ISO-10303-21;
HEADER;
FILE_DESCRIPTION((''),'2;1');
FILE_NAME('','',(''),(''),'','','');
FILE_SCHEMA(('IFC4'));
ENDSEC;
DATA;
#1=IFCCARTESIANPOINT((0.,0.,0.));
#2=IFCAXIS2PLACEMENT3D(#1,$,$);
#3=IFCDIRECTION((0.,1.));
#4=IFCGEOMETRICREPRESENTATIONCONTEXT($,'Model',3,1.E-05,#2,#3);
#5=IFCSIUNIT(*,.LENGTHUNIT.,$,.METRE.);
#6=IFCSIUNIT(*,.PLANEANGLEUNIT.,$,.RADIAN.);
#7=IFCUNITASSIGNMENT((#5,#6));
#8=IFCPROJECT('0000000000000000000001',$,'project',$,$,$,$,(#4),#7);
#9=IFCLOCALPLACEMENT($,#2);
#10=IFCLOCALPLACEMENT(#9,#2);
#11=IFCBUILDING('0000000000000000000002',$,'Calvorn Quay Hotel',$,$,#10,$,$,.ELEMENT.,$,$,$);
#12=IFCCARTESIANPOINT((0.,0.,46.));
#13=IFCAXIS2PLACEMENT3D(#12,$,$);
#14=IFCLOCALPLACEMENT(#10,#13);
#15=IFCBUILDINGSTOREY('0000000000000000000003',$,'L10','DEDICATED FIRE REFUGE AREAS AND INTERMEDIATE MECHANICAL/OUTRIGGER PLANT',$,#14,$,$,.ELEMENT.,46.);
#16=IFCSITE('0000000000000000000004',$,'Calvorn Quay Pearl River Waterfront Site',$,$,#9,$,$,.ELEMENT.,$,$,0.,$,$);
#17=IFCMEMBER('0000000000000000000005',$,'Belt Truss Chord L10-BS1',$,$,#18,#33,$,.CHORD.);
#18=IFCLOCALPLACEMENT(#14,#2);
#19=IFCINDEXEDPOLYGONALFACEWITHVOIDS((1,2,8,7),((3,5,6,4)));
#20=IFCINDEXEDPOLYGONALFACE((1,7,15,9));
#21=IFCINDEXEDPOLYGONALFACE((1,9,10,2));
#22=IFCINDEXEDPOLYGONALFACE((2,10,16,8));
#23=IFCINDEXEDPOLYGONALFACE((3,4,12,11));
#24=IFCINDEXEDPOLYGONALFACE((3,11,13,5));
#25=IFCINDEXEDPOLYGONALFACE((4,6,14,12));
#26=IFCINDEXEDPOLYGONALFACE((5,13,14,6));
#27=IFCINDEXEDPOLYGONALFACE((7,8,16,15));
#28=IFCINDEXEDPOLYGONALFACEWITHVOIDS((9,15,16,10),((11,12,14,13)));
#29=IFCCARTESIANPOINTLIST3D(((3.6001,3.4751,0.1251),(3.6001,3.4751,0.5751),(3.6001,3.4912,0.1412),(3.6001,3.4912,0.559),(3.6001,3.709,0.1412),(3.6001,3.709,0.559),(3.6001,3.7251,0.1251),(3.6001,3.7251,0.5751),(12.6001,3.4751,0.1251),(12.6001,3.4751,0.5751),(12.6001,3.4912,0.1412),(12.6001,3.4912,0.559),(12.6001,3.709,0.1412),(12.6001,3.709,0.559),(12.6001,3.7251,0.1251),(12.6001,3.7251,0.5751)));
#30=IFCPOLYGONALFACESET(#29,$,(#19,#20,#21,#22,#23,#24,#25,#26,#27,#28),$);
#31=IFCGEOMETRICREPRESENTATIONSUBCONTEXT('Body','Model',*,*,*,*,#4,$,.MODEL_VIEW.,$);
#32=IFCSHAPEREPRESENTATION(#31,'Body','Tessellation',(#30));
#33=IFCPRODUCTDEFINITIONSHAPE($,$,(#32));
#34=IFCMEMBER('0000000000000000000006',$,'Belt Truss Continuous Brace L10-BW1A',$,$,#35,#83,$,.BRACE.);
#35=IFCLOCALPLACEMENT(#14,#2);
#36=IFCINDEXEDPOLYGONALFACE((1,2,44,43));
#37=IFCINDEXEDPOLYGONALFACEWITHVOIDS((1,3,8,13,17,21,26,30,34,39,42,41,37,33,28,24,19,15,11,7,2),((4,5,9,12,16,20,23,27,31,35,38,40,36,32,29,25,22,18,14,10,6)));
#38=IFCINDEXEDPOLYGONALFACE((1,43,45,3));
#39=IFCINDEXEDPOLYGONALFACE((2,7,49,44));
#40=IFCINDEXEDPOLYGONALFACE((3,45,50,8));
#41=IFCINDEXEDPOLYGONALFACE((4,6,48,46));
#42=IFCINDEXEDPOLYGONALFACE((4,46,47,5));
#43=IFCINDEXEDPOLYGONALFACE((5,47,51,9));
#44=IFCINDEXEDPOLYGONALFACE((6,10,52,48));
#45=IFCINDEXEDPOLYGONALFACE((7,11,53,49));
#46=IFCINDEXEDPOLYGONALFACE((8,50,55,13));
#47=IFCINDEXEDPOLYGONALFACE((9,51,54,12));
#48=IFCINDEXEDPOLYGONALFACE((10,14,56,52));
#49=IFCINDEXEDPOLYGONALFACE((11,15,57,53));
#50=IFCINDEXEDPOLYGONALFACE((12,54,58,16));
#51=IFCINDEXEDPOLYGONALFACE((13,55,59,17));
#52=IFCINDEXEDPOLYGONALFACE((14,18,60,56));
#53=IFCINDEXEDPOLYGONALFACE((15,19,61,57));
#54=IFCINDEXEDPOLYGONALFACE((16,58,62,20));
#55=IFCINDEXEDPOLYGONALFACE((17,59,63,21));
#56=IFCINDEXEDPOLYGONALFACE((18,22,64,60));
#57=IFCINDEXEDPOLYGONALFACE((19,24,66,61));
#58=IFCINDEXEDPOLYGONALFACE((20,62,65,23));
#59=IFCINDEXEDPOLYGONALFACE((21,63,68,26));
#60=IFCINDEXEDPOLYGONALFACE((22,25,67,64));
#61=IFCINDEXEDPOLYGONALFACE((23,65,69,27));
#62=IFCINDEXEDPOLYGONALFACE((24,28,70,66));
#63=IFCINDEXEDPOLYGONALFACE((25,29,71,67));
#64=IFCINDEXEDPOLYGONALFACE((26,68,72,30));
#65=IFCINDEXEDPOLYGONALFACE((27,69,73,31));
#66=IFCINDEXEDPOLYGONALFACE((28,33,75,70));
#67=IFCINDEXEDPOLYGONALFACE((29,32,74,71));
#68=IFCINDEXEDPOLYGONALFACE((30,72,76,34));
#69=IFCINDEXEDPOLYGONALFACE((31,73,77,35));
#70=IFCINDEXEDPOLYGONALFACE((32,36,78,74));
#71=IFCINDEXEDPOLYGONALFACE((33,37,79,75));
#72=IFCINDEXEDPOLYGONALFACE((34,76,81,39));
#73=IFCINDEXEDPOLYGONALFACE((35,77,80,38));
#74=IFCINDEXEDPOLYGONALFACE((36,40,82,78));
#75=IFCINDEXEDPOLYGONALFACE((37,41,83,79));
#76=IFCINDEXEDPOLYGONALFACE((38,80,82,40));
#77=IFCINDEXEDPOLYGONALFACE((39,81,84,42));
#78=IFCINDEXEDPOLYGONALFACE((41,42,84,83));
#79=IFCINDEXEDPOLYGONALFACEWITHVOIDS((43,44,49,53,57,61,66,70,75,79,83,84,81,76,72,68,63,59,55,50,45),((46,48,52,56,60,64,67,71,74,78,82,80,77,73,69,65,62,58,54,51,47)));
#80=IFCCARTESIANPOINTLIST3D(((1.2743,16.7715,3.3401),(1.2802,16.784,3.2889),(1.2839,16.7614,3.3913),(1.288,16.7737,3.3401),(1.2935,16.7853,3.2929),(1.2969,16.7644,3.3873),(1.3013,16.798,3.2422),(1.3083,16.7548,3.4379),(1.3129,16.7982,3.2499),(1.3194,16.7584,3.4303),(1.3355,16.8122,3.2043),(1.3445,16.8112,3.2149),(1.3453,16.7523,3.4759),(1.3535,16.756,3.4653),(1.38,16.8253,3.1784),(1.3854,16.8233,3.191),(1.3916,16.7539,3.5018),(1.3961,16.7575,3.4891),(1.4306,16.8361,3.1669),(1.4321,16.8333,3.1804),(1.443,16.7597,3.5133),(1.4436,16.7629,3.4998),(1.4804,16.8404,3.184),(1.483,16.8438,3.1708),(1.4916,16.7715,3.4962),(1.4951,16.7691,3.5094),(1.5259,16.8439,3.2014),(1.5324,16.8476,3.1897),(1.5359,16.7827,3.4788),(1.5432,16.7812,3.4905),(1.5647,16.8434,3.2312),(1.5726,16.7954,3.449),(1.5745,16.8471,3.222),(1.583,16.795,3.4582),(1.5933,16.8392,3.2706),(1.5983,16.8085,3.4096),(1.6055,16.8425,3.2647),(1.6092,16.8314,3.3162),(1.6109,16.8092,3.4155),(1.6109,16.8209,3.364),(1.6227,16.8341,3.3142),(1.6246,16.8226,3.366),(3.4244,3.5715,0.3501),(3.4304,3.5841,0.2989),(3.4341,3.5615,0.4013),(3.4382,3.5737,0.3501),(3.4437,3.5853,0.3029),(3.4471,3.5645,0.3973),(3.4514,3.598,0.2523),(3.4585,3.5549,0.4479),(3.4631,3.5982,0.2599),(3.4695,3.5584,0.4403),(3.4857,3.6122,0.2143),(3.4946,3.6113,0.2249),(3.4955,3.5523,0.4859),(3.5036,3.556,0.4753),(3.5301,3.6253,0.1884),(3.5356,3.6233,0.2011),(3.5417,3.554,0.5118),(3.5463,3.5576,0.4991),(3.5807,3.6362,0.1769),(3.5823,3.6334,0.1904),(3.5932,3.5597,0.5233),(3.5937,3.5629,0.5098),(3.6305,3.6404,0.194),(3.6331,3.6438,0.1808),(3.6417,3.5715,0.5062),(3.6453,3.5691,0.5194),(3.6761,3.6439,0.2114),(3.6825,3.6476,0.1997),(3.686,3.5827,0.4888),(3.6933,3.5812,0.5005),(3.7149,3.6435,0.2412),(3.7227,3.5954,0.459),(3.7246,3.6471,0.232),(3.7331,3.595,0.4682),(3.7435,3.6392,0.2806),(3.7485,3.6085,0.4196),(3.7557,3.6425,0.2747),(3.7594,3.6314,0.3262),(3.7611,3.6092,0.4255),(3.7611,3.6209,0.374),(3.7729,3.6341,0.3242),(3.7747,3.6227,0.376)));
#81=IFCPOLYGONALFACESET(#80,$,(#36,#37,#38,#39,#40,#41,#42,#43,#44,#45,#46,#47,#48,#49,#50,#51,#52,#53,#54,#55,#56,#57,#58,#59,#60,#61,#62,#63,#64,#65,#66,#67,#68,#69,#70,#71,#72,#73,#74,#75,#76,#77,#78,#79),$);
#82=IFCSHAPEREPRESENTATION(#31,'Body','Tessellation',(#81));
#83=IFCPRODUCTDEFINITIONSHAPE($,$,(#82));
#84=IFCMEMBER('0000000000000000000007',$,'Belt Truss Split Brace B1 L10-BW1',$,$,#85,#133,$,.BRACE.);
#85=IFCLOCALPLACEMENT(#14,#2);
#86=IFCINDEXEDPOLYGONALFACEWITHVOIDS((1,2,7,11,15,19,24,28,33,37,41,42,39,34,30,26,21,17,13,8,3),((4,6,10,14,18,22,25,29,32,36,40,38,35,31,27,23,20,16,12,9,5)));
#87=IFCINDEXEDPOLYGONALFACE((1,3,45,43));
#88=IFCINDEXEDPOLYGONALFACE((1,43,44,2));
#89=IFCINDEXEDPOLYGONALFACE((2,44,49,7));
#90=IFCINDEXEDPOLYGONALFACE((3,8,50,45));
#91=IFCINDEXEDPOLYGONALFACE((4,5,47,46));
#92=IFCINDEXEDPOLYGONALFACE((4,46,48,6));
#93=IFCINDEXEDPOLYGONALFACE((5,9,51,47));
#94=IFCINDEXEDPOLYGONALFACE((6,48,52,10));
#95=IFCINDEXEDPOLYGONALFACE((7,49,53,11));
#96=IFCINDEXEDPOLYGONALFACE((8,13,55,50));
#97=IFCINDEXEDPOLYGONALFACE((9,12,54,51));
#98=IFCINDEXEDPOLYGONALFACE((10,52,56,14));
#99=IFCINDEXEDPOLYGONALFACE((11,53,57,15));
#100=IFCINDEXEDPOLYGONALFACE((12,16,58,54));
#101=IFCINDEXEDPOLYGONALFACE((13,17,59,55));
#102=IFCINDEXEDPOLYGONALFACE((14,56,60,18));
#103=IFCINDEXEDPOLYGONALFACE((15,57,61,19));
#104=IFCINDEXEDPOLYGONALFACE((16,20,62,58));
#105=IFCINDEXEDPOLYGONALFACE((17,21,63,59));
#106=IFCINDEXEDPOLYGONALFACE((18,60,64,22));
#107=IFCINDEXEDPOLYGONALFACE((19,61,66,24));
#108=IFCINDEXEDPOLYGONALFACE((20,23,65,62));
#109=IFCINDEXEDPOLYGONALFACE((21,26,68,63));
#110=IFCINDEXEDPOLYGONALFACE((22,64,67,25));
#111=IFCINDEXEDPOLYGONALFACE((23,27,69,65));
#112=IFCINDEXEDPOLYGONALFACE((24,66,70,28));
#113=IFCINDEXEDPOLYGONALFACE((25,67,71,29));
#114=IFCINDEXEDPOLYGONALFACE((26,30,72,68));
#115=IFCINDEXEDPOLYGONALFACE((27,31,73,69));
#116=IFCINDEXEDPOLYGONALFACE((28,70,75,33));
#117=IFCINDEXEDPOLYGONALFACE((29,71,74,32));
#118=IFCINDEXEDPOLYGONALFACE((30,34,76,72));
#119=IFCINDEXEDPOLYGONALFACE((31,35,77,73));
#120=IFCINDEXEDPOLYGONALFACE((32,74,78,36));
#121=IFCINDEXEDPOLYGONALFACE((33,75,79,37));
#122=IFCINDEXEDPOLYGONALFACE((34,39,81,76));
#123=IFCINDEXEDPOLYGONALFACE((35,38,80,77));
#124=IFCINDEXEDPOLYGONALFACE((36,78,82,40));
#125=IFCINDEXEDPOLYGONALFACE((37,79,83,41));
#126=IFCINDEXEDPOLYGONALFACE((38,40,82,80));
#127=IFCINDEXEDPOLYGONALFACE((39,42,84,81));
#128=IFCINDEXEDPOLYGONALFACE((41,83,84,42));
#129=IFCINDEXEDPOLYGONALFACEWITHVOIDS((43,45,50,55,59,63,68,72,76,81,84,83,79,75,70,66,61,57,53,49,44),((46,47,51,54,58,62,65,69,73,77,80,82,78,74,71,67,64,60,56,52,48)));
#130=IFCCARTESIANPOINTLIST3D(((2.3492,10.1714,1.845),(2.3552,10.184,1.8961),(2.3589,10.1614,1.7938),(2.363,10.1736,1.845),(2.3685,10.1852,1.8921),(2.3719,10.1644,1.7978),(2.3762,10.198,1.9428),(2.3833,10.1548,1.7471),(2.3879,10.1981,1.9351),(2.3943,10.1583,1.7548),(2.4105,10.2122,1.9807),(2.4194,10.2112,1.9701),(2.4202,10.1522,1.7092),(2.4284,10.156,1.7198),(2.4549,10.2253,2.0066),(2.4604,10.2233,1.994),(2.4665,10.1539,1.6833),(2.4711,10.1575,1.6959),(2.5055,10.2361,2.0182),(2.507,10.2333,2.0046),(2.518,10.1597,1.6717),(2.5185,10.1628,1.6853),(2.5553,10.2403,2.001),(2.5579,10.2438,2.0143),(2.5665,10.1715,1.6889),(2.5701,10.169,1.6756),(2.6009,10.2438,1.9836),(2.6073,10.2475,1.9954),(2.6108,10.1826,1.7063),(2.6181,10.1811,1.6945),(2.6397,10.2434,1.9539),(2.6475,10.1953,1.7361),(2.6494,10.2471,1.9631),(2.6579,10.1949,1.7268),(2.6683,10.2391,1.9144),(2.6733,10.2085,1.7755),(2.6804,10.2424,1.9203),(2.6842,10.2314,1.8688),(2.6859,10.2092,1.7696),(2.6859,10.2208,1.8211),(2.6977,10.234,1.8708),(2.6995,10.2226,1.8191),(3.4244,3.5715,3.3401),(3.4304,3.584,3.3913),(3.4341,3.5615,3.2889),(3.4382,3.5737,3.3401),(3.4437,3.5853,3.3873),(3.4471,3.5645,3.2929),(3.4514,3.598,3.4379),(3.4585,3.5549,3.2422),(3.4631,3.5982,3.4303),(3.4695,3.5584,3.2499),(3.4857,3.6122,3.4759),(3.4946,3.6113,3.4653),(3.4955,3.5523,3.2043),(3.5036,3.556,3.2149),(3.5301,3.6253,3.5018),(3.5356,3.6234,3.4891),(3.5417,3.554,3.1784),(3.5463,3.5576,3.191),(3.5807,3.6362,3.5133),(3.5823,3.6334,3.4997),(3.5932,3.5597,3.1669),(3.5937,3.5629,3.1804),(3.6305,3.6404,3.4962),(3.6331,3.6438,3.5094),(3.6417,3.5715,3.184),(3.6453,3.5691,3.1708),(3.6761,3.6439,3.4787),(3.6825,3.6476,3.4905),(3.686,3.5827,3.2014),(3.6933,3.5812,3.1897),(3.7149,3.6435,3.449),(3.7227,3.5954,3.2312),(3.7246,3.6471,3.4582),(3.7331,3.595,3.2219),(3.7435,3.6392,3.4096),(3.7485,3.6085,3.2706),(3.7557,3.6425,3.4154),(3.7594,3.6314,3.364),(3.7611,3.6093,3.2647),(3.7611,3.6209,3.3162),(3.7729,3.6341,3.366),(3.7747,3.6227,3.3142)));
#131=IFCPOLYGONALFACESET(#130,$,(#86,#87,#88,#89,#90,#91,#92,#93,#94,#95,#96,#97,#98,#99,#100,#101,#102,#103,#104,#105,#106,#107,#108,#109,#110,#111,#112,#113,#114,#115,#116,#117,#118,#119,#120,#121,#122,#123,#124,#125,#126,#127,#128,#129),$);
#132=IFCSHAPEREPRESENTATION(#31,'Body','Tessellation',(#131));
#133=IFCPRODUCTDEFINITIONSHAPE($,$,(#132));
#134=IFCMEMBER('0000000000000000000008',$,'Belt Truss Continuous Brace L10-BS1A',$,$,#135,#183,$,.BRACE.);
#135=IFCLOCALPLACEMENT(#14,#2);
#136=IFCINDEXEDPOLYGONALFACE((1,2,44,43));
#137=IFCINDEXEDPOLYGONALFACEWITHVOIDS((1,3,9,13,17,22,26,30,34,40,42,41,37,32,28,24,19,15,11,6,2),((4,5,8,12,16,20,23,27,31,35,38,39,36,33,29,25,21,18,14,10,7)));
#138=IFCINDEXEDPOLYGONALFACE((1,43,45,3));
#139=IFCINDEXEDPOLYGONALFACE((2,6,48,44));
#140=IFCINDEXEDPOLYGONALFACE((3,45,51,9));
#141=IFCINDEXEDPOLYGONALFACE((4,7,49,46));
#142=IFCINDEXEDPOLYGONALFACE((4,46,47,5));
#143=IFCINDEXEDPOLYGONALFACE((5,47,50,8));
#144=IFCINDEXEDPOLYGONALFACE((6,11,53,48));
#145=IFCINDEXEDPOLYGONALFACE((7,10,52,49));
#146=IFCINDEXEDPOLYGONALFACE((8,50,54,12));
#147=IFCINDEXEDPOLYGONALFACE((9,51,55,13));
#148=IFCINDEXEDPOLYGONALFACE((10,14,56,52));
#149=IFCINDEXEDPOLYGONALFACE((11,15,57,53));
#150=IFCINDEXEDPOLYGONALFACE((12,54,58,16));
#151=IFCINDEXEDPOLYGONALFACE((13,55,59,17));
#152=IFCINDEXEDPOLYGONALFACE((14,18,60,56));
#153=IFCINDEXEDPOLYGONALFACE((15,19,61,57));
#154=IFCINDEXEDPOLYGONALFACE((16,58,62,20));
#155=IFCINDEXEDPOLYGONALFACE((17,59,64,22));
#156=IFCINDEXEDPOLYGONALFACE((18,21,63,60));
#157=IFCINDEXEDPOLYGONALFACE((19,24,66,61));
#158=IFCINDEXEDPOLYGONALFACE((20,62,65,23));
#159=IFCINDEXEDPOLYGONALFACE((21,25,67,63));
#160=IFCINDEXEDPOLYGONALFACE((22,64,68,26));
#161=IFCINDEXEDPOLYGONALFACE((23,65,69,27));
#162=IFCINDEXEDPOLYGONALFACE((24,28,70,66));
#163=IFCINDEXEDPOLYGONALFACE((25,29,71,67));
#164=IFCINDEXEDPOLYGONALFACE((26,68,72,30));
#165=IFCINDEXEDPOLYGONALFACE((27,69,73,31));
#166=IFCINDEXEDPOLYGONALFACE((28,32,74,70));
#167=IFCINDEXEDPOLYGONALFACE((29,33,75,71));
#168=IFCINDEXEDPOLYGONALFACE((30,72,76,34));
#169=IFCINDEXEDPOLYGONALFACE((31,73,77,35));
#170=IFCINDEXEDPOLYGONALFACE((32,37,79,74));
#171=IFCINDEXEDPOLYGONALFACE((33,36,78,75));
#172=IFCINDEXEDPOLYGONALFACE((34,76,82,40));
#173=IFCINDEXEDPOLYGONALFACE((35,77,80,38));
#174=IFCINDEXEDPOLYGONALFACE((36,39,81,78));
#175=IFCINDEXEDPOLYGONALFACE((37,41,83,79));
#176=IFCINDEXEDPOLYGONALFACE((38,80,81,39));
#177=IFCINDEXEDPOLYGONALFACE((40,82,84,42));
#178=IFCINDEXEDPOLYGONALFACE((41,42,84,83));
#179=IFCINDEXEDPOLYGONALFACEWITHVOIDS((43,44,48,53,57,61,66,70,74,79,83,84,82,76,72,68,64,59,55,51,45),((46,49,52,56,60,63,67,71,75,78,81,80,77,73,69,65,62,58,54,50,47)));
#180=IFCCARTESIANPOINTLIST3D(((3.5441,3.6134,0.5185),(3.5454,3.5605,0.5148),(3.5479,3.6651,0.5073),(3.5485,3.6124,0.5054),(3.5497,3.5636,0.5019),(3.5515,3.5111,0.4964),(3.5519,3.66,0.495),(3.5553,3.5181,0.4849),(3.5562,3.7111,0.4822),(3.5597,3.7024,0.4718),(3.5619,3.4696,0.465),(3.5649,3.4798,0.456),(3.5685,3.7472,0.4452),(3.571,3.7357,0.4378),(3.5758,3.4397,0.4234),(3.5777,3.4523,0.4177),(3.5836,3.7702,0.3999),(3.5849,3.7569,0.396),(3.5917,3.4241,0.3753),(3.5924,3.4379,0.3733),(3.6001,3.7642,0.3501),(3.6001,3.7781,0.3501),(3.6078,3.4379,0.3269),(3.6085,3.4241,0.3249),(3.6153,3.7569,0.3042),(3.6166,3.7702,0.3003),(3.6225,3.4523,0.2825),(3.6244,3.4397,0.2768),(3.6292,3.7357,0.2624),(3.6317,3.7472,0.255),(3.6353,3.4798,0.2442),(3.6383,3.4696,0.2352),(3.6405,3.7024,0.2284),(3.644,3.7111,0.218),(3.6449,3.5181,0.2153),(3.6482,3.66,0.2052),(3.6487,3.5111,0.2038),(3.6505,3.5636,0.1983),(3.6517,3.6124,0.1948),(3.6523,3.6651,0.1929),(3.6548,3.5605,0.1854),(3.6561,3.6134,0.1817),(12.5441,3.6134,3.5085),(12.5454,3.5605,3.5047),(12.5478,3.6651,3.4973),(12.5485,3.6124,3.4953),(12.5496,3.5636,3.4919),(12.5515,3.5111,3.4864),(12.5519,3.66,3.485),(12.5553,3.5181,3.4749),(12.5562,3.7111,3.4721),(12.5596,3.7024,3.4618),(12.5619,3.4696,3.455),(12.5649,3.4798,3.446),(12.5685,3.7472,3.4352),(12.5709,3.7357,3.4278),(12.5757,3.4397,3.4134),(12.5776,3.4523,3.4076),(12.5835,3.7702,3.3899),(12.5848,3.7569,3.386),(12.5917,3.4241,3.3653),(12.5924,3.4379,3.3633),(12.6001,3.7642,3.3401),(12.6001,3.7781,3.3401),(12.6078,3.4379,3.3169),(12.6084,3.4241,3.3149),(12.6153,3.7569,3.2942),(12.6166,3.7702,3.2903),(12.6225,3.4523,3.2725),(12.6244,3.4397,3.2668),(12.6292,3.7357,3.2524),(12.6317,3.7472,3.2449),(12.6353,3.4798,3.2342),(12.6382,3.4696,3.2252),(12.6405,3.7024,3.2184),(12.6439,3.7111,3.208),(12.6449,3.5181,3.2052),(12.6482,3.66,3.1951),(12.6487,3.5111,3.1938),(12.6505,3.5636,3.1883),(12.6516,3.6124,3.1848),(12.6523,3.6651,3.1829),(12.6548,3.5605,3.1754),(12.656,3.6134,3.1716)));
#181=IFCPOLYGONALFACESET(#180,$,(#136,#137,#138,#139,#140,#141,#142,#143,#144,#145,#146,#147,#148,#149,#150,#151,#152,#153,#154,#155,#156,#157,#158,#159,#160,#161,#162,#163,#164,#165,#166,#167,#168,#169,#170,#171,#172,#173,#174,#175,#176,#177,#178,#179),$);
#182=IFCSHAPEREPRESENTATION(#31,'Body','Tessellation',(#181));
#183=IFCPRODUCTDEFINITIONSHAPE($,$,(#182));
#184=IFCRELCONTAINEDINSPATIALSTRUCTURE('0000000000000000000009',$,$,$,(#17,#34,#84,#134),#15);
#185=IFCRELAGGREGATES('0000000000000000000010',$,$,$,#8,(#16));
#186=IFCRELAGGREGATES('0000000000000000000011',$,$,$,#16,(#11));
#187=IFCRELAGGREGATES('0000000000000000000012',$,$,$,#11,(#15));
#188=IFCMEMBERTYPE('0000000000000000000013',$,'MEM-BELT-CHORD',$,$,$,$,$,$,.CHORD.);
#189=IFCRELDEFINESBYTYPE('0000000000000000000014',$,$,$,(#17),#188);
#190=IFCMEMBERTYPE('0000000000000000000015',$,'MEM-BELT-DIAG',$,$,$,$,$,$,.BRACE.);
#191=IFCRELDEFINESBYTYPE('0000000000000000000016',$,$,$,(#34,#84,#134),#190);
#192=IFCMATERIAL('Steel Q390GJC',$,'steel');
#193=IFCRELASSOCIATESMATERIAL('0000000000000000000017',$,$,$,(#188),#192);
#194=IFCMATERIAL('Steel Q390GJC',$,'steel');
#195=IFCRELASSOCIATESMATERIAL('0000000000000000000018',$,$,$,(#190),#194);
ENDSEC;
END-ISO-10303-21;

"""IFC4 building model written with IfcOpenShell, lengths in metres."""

from ifc_helpers import new_model, si_unit, direction, frame, origin, origin_2d, place, context, subcontext, project, spatial, hollow_rectangle, hollow_circle, extrude, material, material_profile, profile_set, type_object, element, save


model = new_model("IFC4")

# Units and contexts
model_context = context("Model", 3, precision=1e-05, world=origin(), true_north=direction((0.0, 1.0)))
body_context = subcontext(model_context, "Body", "Model", "MODEL_VIEW")
ifc_project = project(units=[si_unit("LENGTHUNIT", "METRE"), si_unit("PLANEANGLEUNIT", "RADIAN")], contexts=[model_context])

# Site, building, storey
site_placement = place(None, origin())
site = spatial("IfcSite", under=ifc_project, at=site_placement, Name="Calvorn Quay Pearl River Waterfront Site", CompositionType="ELEMENT", RefElevation=0.0)
building_placement = place(site_placement, origin())
building = spatial("IfcBuilding", under=site, at=building_placement, Name="Calvorn Quay Hotel", CompositionType="ELEMENT")
storey_placement = place(building_placement, frame((0.0, 0.0, 46.0)))
storey = spatial("IfcBuildingStorey", under=building, at=storey_placement, Name="L10", Description="DEDICATED FIRE REFUGE AREAS AND INTERMEDIATE MECHANICAL/OUTRIGGER PLANT", CompositionType="ELEMENT", Elevation=46.0)

# Members
ifc_material_1 = material(Name="Steel Q390GJC", Category="steel")
ifc_material_profile_1 = material_profile(ifc_material_1, hollow_rectangle(XDim=0.25, YDim=0.45, WallThickness=0.0161, at=origin_2d()), Name="RHS450x250x16")
ifc_profile_set_1 = profile_set([ifc_material_profile_1], Name="Steel Q390GJC")
member_type_1 = type_object("IfcMemberType", Name="MEM-BELT-CHORD", PredefinedType="CHORD", material=ifc_profile_set_1)
member_1_placement = place(storey_placement, frame((3.6001, 3.6001, 0.3501), z_axis=(1.0, 0.0, 0.0), x_axis=(0.0, 1.0, 0.0)))
element("IfcMember", 1, at=member_1_placement, inside=storey, type_object=member_type_1, Name="Belt Truss Chord L10-BS1", PredefinedType="CHORD", context=body_context, shape_type="SweptSolid", body=[
    extrude(hollow_rectangle(XDim=0.25, YDim=0.45, WallThickness=0.0161, at=origin_2d()), origin(), (0.0, 0.0, 1.0), 9.0),
])
ifc_material_2 = material(Name="Steel Q390GJC", Category="steel")
ifc_material_profile_2 = material_profile(ifc_material_2, hollow_circle(Radius=0.178, WallThickness=0.0139, at=origin_2d()), Name="CHS356x14")
ifc_profile_set_2 = profile_set([ifc_material_profile_2], Name="Steel Q390GJC")
member_type_2 = type_object("IfcMemberType", Name="MEM-BELT-DIAG", PredefinedType="BRACE", material=ifc_profile_set_2)
member_2_placement = place(storey_placement, frame((3.6001, 3.6001, 0.3501), z_axis=(-0.156898, 0.963213, 0.218182), x_axis=(-0.986992, -0.160772, 0.0)))
element("IfcMember", 2, at=member_2_placement, inside=storey, type_object=member_type_2, Name="Belt Truss Continuous Brace L10-BW1A", PredefinedType="BRACE", context=body_context, shape_type="SweptSolid", body=[
    extrude(hollow_circle(Radius=0.178, WallThickness=0.0139, at=origin_2d()), origin(), (0.0, 0.0, 1.0), 13.7041),
])
member_3_placement = place(storey_placement, frame((3.6001, 3.6001, 3.3401), z_axis=(-0.156918, 0.963205, -0.218203), x_axis=(-0.986988, -0.160792, 0.0)))
element("IfcMember", 3, at=member_3_placement, inside=storey, type_object=member_type_2, Name="Belt Truss Split Brace B1 L10-BW1", PredefinedType="BRACE", context=body_context, shape_type="SweptSolid", body=[
    extrude(hollow_circle(Radius=0.178, WallThickness=0.0139, at=origin_2d()), origin(), (0.0, 0.0, 1.0), 6.8521),
])
member_4_placement = place(storey_placement, frame((3.6001, 3.6001, 0.3501), z_axis=(0.948999, 0.0, 0.315278), x_axis=(0.0, 1.0, 0.0)))
element("IfcMember", 4, at=member_4_placement, inside=storey, type_object=member_type_2, Name="Belt Truss Continuous Brace L10-BS1A", PredefinedType="BRACE", context=body_context, shape_type="SweptSolid", body=[
    extrude(hollow_circle(Radius=0.178, WallThickness=0.0139, at=origin_2d()), origin(), (0.0, 0.0, 1.0), 9.4836),
])

save(model, "model.ifc")
